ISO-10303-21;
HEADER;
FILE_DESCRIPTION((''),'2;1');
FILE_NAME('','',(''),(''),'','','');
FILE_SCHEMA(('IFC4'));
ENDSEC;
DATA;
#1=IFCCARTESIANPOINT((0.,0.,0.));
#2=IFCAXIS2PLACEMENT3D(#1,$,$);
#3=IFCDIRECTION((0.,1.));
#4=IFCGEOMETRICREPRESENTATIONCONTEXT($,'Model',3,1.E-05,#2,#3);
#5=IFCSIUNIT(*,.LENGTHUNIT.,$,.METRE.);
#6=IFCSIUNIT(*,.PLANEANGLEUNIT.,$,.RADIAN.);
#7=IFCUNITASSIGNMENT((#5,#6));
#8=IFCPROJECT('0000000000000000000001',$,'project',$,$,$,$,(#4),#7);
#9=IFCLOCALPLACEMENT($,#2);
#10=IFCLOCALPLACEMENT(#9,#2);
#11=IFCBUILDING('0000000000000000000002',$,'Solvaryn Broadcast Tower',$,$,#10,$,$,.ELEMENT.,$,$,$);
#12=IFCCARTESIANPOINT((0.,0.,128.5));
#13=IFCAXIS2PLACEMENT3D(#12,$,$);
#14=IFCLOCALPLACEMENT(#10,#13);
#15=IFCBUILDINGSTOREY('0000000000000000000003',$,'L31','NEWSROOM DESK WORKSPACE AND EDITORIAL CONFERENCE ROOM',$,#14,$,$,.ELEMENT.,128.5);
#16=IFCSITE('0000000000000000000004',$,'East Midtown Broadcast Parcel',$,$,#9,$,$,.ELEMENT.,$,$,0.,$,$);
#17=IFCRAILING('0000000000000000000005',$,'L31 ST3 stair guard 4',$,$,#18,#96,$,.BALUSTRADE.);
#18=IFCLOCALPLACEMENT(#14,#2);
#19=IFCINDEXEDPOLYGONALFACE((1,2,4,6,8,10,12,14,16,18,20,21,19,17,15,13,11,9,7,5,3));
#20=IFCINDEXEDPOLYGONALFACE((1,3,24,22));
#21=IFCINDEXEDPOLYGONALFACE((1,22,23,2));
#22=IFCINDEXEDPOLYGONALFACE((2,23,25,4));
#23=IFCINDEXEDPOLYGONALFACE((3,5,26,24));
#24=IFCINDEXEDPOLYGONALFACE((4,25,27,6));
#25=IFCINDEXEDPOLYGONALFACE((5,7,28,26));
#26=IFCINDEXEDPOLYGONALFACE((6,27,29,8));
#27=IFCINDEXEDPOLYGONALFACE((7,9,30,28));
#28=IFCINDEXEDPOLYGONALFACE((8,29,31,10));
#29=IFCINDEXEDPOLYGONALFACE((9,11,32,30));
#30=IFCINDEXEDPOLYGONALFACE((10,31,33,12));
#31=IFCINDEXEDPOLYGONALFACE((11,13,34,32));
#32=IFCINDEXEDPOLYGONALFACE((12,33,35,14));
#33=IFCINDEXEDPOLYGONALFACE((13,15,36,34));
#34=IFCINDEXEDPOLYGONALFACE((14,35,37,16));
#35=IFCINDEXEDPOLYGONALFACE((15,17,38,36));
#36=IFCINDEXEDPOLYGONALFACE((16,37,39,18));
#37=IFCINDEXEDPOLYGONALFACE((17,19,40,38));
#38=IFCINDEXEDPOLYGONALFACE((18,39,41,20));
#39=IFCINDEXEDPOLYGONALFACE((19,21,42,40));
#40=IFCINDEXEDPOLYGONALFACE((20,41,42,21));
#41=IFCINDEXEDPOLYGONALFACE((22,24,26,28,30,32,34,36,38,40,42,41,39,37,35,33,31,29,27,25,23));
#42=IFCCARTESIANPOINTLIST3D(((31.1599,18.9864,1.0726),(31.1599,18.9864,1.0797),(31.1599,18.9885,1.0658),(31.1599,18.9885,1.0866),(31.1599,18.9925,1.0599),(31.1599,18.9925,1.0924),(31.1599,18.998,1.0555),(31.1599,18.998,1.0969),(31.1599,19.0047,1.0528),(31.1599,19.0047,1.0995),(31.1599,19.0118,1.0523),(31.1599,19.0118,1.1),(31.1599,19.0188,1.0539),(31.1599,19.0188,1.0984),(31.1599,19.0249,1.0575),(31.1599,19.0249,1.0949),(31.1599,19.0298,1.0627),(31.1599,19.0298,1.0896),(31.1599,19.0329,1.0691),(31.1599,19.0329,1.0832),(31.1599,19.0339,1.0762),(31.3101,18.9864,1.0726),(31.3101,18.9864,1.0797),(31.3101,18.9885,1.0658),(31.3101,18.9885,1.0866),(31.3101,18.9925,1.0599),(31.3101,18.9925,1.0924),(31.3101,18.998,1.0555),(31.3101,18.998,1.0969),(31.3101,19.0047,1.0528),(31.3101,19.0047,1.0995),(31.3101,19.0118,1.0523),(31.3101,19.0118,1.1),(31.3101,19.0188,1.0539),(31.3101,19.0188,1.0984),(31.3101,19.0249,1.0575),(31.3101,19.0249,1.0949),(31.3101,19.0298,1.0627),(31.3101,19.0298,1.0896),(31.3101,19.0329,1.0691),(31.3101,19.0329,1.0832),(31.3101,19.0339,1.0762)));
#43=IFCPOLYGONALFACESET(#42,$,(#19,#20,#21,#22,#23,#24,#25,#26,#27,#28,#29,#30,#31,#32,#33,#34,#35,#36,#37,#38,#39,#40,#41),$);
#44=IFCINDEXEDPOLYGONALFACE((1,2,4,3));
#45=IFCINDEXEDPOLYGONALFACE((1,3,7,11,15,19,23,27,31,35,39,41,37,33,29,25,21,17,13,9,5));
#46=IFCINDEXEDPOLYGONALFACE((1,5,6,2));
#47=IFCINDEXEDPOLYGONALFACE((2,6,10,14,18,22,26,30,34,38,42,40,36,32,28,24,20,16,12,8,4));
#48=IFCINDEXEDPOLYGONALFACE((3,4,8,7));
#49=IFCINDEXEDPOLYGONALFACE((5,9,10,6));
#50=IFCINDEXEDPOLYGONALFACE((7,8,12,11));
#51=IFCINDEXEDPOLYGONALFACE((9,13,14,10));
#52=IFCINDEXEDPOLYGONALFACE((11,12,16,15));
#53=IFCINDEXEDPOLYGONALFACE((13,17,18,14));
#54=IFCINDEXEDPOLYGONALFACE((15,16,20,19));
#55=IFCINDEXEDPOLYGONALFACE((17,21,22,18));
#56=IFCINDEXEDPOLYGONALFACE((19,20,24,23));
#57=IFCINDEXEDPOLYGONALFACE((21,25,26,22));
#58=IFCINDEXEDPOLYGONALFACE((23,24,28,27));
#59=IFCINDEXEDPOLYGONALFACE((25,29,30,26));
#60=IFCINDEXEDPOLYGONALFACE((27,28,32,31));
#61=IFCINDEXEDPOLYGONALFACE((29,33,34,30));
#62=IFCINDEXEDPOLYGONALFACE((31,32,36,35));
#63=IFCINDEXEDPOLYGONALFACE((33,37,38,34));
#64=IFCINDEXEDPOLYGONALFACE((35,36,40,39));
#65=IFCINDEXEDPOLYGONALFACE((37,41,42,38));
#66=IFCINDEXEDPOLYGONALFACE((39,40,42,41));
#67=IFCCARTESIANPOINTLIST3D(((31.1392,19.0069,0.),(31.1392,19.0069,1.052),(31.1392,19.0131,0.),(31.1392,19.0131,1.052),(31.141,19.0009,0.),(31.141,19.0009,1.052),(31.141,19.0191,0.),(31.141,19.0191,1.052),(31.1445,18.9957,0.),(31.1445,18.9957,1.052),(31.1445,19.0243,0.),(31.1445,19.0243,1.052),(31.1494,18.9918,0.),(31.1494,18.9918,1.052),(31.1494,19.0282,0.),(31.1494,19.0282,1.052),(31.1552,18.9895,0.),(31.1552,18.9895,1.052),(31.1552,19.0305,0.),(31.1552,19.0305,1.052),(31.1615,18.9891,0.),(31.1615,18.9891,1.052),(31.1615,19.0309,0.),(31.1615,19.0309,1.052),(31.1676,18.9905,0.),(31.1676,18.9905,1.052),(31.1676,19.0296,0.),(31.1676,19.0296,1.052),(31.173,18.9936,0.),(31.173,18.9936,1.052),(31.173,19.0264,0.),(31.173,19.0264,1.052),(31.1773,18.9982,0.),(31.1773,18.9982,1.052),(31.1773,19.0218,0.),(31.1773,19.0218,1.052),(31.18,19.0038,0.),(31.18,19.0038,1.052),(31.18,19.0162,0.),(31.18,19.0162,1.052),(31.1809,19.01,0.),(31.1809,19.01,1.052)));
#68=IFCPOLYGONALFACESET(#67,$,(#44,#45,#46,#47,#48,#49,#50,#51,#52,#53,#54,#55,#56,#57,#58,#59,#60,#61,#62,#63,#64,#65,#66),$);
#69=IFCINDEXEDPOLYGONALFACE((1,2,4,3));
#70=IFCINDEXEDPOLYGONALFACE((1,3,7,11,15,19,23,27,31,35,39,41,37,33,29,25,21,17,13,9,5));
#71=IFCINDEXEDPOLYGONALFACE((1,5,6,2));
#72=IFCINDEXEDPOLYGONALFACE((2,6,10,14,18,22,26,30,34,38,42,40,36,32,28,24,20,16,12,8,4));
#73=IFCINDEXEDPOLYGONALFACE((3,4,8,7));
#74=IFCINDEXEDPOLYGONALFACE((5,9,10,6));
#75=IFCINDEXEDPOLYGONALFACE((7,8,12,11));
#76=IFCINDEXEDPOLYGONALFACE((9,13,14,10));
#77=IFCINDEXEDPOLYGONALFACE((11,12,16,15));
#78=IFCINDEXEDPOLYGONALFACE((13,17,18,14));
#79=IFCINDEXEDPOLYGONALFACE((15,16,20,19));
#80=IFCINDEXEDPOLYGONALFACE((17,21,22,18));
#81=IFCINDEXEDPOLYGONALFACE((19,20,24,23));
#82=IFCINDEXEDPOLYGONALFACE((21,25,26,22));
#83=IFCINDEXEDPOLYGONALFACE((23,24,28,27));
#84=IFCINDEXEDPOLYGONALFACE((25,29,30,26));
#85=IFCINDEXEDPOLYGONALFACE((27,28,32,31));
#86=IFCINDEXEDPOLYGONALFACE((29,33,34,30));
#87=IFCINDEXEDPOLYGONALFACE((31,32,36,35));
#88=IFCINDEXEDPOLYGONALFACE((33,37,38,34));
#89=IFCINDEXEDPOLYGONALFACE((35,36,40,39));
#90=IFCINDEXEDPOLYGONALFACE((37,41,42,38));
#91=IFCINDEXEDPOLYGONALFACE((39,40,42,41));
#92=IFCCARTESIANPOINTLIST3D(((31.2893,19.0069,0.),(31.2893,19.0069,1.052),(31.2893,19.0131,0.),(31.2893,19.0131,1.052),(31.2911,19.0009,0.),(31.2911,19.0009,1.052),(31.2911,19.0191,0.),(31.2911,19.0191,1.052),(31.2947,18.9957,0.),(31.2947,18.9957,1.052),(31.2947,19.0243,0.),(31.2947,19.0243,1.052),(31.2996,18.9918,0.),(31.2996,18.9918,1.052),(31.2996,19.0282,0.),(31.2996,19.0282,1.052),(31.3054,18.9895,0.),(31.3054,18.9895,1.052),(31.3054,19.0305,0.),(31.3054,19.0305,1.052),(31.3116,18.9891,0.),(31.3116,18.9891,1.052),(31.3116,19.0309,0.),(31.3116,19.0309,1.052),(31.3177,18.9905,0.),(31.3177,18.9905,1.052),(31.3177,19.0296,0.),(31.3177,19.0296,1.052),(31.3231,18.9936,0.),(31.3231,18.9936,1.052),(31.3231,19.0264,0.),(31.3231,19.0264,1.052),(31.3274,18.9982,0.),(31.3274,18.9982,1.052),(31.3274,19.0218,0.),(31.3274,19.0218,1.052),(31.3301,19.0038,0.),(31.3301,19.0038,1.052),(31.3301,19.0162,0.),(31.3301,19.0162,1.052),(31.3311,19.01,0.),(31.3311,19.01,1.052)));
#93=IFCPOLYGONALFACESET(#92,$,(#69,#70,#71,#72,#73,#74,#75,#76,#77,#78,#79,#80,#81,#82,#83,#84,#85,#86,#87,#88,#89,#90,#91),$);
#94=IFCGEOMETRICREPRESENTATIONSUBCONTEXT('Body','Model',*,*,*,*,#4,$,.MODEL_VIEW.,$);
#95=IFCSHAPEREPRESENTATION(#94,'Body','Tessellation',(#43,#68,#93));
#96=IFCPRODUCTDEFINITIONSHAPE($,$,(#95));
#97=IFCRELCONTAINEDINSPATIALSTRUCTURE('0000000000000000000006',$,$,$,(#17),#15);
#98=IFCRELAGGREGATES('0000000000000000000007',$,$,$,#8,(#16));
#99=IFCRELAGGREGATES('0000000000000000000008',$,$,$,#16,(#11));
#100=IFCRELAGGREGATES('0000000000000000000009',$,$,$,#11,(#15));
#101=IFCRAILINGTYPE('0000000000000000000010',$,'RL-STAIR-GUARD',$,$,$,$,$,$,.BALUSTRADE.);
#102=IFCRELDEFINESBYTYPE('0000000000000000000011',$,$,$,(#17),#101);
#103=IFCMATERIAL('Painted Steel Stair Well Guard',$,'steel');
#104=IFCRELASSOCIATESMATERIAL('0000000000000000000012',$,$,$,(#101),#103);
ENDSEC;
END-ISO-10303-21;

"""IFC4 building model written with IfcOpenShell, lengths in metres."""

from ifc_helpers import new_model, si_unit, direction, frame, origin, origin_2d, place, context, subcontext, project, spatial, circle, extrude, material, type_object, element, save


model = new_model("IFC4")

# Units and contexts
model_context = context("Model", 3, precision=1e-05, world=origin(), true_north=direction((0.0, 1.0)))
body_context = subcontext(model_context, "Body", "Model", "MODEL_VIEW")
ifc_project = project(units=[si_unit("LENGTHUNIT", "METRE"), si_unit("PLANEANGLEUNIT", "RADIAN")], contexts=[model_context])

# Site, building, storey
site_placement = place(None, origin())
site = spatial("IfcSite", under=ifc_project, at=site_placement, Name="East Midtown Broadcast Parcel", CompositionType="ELEMENT", RefElevation=0.0)
building_placement = place(site_placement, origin())
building = spatial("IfcBuilding", under=site, at=building_placement, Name="Solvaryn Broadcast Tower", CompositionType="ELEMENT")
storey_placement = place(building_placement, frame((0.0, 0.0, 128.5)))
storey = spatial("IfcBuildingStorey", under=building, at=storey_placement, Name="L31", Description="NEWSROOM DESK WORKSPACE AND EDITORIAL CONFERENCE ROOM", CompositionType="ELEMENT", Elevation=128.5)

# Railing
ifc_material_1 = material(Name="Painted Steel Stair Well Guard", Category="steel")
railing_type_1 = type_object("IfcRailingType", Name="RL-STAIR-GUARD", PredefinedType="BALUSTRADE", material=ifc_material_1)
railing_1_placement = place(storey_placement, frame((31.1599, 19.01, 0.0)))
element("IfcRailing", 1, at=railing_1_placement, inside=storey, type_object=railing_type_1, Name="L31 ST3 stair guard 4", PredefinedType="BALUSTRADE", context=body_context, shape_type="SweptSolid", body=[
    extrude(circle(Radius=0.0239, at=origin_2d()), frame((0.0, 0.0, 1.0762), z_axis=(1.0, 0.0, 0.0), x_axis=(0.0, 1.0, 0.0)), (0.0, 0.0, 1.0), 0.1501),
    extrude(circle(Radius=0.021, at=origin_2d()), origin(), (0.0, 0.0, 1.0), 1.052),
    extrude(circle(Radius=0.021, at=origin_2d()), frame((0.1501, 0.0, 0.0)), (0.0, 0.0, 1.0), 1.052),
])

save(model, "model.ifc")
